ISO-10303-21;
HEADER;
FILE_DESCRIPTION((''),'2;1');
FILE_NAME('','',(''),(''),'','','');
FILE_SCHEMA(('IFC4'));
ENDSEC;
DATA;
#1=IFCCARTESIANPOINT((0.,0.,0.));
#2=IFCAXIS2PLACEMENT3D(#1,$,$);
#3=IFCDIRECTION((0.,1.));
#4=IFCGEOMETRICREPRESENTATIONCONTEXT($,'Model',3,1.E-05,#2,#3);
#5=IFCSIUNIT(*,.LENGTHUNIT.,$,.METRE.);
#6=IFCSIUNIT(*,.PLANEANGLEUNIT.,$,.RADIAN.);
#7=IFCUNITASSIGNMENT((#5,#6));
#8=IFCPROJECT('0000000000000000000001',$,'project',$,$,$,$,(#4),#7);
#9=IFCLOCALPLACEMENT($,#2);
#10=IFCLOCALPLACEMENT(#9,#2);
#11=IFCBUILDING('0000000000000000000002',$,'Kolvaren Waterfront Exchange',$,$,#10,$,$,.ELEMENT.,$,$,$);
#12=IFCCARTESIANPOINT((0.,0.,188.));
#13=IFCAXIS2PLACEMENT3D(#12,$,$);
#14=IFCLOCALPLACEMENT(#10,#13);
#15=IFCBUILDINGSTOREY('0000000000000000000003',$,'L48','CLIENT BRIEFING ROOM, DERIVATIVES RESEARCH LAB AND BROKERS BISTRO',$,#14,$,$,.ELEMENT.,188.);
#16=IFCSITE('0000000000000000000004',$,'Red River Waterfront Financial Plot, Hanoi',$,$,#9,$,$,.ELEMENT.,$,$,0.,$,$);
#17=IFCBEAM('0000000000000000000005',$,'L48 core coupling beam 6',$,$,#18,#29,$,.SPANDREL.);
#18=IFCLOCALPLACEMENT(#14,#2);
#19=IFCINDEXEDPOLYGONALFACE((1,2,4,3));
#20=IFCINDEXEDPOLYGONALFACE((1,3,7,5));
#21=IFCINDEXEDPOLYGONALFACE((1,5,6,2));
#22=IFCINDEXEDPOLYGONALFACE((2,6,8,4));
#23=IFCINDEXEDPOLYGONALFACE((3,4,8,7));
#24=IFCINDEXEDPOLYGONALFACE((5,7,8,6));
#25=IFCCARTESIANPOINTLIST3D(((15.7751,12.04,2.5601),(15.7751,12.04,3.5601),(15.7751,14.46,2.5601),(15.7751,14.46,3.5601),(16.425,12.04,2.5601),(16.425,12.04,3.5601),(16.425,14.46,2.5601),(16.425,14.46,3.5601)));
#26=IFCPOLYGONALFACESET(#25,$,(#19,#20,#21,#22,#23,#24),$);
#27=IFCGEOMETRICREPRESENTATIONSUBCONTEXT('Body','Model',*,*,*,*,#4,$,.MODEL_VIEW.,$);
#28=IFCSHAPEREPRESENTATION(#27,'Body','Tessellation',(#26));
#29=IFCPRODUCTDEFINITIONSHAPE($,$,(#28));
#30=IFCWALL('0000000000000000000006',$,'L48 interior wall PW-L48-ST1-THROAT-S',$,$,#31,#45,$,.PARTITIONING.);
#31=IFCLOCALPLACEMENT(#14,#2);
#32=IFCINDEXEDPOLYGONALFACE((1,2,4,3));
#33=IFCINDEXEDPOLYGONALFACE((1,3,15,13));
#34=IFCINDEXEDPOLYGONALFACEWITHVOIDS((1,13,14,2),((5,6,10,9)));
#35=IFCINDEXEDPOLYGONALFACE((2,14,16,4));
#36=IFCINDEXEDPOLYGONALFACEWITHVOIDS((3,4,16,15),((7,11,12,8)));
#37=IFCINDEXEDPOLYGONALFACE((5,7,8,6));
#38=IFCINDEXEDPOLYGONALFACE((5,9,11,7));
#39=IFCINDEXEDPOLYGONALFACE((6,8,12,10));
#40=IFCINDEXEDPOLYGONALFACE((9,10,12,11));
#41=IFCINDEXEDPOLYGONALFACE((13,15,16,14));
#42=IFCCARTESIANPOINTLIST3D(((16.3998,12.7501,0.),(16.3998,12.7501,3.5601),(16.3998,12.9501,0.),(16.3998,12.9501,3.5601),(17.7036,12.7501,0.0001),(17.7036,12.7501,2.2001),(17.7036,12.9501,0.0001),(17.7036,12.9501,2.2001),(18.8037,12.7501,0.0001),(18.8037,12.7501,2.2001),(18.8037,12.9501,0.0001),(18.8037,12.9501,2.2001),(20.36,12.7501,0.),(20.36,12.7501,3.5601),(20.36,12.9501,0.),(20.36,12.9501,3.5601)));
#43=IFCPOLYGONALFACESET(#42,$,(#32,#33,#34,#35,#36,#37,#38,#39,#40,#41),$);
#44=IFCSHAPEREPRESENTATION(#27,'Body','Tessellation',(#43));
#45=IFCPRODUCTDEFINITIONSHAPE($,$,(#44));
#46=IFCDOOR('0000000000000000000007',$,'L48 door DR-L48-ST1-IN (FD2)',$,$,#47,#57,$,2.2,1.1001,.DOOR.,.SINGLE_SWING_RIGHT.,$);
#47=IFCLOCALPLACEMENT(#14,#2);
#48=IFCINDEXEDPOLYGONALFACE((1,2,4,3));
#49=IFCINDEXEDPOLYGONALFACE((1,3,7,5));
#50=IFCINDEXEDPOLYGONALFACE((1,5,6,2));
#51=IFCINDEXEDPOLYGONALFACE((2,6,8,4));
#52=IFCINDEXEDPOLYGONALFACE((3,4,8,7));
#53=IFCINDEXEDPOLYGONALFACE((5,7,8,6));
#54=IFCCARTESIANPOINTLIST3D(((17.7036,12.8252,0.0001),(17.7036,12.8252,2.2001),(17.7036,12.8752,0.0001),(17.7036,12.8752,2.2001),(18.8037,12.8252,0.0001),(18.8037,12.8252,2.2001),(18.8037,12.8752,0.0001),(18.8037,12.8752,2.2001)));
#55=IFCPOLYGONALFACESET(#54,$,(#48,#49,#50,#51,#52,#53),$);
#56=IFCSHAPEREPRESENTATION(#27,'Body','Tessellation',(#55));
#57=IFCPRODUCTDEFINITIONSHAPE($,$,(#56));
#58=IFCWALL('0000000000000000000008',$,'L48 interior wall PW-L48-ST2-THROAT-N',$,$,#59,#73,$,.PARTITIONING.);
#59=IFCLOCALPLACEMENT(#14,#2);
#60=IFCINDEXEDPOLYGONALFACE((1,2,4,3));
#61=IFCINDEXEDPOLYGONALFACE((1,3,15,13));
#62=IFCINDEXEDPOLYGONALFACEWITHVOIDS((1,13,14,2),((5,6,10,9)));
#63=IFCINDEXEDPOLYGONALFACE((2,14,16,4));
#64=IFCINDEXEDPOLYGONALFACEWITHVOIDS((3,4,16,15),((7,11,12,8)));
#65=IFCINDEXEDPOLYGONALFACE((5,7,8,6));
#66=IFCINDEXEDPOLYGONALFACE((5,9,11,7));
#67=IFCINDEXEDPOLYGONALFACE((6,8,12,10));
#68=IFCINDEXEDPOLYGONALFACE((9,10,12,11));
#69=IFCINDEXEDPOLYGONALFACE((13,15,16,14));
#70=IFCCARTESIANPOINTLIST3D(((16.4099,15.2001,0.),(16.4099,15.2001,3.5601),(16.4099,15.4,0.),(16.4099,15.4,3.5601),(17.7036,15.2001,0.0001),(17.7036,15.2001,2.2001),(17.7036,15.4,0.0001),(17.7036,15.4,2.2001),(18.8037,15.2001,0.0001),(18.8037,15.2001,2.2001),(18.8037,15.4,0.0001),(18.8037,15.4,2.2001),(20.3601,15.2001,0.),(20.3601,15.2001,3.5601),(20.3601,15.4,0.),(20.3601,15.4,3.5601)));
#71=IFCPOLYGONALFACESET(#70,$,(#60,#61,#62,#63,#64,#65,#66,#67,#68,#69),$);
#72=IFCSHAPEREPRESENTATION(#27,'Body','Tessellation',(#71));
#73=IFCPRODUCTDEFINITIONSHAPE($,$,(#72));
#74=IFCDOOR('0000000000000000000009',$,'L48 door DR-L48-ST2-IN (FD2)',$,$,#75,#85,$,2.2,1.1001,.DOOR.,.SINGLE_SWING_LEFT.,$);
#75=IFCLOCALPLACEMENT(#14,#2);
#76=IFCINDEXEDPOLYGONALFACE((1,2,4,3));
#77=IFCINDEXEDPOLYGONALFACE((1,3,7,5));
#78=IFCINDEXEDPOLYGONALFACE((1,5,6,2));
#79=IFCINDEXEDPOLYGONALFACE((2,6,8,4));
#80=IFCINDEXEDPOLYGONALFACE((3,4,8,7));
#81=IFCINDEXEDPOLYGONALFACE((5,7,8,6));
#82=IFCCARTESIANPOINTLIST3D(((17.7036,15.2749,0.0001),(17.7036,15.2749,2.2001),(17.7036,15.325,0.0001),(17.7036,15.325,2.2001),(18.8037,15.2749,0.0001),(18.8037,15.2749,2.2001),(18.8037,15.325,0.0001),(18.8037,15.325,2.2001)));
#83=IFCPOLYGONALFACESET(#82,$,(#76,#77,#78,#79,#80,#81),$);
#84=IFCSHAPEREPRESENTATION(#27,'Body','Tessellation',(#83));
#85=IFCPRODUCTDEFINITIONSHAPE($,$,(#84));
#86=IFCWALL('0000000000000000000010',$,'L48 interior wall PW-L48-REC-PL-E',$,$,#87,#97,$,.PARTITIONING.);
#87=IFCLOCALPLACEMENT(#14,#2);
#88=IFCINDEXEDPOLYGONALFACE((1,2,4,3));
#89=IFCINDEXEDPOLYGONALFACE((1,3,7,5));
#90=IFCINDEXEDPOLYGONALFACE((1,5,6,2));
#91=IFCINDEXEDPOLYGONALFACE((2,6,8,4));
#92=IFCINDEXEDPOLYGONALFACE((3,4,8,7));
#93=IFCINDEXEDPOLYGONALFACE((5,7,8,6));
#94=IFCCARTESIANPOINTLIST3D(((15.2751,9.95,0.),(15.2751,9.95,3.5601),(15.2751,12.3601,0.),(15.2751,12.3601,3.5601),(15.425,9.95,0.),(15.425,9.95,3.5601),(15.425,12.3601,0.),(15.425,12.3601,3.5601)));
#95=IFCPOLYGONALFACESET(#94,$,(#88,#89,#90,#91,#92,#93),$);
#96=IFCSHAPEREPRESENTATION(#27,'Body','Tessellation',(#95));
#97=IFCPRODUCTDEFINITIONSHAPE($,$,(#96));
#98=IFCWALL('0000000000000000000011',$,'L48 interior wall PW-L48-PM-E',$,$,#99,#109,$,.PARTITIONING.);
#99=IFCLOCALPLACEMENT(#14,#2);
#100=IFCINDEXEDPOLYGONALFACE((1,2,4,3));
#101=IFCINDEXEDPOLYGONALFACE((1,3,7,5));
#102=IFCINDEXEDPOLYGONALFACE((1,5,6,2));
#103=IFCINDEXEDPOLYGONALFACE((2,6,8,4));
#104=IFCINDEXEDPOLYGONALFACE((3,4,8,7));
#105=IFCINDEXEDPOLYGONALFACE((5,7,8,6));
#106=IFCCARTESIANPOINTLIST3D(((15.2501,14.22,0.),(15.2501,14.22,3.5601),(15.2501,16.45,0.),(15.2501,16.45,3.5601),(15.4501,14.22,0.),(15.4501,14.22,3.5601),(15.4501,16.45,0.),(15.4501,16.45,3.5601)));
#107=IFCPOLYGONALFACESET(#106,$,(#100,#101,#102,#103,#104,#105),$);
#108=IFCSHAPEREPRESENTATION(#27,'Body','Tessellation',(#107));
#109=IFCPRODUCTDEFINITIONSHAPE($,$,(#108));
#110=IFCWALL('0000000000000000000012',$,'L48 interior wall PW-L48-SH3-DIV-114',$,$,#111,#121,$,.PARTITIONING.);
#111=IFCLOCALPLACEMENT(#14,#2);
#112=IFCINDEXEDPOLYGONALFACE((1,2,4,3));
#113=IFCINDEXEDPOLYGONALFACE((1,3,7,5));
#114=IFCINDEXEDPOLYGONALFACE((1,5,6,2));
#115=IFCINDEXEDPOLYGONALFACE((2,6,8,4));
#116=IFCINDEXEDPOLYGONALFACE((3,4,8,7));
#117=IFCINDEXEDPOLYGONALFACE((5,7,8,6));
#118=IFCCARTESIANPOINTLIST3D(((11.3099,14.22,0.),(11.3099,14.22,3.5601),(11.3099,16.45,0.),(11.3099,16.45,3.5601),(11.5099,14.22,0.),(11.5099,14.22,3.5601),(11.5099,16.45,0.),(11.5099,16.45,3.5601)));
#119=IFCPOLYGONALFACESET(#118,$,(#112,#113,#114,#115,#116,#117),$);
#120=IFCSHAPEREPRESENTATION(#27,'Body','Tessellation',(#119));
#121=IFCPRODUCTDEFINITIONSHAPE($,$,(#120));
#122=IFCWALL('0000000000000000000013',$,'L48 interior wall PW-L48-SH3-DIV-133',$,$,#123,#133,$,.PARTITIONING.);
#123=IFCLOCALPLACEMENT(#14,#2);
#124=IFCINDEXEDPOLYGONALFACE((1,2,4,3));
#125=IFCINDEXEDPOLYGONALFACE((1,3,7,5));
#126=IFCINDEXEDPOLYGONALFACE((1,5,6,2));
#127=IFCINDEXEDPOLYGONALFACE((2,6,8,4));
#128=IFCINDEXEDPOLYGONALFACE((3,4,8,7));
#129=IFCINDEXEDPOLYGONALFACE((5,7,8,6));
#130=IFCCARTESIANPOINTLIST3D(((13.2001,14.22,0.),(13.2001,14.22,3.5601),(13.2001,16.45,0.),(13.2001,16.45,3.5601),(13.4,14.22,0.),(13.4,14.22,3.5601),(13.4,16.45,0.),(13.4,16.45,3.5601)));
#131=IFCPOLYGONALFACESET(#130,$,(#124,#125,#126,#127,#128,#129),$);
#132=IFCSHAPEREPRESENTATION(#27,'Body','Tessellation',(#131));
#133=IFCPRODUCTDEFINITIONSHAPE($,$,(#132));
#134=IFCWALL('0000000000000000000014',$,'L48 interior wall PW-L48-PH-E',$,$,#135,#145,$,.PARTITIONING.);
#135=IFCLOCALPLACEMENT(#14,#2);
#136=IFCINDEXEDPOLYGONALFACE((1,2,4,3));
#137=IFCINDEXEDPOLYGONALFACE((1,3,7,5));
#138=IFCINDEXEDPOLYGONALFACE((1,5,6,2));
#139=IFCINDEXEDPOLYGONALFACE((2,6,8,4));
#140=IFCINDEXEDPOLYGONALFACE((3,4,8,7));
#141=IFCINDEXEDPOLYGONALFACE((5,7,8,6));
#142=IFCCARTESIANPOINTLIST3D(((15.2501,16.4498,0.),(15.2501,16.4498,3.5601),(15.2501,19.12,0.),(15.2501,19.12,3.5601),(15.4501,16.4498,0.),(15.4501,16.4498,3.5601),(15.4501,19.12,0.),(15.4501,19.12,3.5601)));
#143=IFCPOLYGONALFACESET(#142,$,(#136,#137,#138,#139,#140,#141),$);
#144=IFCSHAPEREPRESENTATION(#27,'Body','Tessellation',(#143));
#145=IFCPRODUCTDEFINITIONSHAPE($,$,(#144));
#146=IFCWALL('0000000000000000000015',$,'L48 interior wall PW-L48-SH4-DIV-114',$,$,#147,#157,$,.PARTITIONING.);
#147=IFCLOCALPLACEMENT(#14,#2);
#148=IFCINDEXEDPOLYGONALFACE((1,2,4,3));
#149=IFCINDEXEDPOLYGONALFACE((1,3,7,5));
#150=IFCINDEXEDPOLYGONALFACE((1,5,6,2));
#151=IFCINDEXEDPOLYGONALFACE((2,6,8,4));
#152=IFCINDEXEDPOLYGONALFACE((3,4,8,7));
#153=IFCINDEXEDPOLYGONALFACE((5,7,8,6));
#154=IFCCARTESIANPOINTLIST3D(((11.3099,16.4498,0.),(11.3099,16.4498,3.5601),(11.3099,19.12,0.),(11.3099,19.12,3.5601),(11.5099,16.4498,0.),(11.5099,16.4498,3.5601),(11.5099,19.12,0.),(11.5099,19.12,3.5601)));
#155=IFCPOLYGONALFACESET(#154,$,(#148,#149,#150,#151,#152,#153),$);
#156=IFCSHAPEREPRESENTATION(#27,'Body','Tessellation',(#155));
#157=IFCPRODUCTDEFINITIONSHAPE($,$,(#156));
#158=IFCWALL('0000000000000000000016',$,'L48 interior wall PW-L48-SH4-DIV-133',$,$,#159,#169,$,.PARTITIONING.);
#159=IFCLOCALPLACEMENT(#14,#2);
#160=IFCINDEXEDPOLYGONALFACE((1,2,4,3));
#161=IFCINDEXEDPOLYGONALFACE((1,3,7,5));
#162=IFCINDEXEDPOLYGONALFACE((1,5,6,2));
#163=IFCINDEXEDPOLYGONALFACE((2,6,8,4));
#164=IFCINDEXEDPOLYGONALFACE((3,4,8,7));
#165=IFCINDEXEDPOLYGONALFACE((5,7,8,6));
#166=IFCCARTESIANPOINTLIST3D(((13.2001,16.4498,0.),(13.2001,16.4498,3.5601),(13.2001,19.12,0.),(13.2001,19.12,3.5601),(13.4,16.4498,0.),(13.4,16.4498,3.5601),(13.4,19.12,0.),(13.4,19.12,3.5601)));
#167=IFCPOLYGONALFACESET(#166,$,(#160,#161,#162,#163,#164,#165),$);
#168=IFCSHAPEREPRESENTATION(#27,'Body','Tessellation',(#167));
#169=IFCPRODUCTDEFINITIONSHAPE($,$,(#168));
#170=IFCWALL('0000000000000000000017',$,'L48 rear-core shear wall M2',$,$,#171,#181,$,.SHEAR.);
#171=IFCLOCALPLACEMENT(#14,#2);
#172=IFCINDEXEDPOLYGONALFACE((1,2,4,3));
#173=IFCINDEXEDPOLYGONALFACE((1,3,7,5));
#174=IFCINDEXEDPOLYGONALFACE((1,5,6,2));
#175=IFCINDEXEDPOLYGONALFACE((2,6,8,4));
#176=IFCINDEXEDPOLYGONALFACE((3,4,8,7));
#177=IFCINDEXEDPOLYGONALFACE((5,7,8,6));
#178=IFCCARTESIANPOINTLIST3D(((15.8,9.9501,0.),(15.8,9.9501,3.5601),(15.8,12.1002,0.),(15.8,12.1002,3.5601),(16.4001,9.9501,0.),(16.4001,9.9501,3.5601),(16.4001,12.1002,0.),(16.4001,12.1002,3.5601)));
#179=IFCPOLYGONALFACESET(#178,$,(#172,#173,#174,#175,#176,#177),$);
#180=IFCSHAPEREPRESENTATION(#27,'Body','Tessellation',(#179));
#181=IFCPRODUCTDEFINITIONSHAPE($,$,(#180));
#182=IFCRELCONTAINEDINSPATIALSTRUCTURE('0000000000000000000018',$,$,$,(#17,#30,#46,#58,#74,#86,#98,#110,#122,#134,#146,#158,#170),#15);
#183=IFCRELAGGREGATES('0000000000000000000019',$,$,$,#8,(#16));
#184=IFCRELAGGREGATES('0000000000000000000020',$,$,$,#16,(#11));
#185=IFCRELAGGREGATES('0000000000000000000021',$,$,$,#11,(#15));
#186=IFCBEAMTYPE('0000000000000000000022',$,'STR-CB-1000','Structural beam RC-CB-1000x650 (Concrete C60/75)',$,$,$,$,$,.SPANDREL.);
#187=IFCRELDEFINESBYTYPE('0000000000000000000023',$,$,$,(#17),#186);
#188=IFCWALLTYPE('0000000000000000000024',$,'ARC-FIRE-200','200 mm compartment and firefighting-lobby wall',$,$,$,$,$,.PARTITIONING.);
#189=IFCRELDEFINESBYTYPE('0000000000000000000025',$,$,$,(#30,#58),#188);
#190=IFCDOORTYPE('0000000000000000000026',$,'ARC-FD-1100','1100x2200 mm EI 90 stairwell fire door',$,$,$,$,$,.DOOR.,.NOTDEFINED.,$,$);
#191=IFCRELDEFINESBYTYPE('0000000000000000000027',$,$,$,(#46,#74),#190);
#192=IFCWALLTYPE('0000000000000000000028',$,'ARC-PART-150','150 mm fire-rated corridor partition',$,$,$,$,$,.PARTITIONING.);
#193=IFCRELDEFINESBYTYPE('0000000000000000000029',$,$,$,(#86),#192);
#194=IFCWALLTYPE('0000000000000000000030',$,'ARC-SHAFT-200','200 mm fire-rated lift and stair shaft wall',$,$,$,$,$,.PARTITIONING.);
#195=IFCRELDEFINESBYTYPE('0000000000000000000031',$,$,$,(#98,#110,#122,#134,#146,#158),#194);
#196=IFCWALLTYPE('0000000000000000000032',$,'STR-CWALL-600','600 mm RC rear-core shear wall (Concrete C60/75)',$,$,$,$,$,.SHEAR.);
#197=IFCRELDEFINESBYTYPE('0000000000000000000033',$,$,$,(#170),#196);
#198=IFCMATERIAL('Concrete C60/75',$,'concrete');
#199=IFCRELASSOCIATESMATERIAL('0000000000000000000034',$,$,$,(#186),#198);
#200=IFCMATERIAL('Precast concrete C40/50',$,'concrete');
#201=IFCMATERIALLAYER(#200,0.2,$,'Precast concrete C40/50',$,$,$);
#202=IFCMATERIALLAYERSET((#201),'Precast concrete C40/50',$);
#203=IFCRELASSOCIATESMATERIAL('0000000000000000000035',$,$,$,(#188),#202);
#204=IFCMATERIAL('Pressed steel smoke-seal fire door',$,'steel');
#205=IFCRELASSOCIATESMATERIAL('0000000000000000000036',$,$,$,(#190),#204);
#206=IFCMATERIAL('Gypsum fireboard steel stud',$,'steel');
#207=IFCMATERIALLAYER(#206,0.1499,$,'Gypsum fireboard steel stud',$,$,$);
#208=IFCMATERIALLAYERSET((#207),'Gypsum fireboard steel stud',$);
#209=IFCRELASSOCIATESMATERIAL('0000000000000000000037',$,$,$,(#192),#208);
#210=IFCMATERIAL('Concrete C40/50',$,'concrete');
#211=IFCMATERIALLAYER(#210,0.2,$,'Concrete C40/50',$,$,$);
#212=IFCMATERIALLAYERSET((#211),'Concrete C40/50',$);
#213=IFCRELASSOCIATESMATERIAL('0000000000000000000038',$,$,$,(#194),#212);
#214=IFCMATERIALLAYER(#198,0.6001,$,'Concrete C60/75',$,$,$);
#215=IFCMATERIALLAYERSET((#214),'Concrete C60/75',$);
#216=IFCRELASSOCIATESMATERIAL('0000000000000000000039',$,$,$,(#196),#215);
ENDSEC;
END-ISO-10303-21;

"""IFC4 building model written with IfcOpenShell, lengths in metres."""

from ifc_helpers import new_model, si_unit, direction, frame, frame_2d, origin, origin_2d, place, context, subcontext, project, spatial, rectangle, extrude, material, layer, layer_set, material_profile, profile_set, type_object, element, fill, save


model = new_model("IFC4")

# Units and contexts
model_context = context("Model", 3, precision=1e-05, world=origin(), true_north=direction((0.0, 1.0)))
body_context = subcontext(model_context, "Body", "Model", "MODEL_VIEW")
ifc_project = project(units=[si_unit("LENGTHUNIT", "METRE"), si_unit("PLANEANGLEUNIT", "RADIAN")], contexts=[model_context])

# Site, building, storey
site_placement = place(None, origin())
site = spatial("IfcSite", under=ifc_project, at=site_placement, Name="Red River Waterfront Financial Plot, Hanoi", CompositionType="ELEMENT", RefElevation=0.0)
building_placement = place(site_placement, origin())
building = spatial("IfcBuilding", under=site, at=building_placement, Name="Kolvaren Waterfront Exchange", CompositionType="ELEMENT")
storey_placement = place(building_placement, frame((0.0, 0.0, 188.0)))
storey = spatial("IfcBuildingStorey", under=building, at=storey_placement, Name="L48", Description="CLIENT BRIEFING ROOM, DERIVATIVES RESEARCH LAB AND BROKERS BISTRO", CompositionType="ELEMENT", Elevation=188.0)

# Beam
ifc_material_1 = material(Name="Concrete C60/75", Category="concrete")
ifc_material_profile = material_profile(ifc_material_1, rectangle(XDim=0.6499, YDim=1.0, at=origin_2d()), Name="RC-CB-1000x650")
ifc_profile_set = profile_set([ifc_material_profile], Name="Concrete C60/75")
beam_type = type_object("IfcBeamType", Name="STR-CB-1000", Description="Structural beam RC-CB-1000x650 (Concrete C60/75)", PredefinedType="SPANDREL", material=ifc_profile_set)
beam_placement = place(storey_placement, frame((16.1001, 12.04, 3.0601), z_axis=(0.0, 1.0, 0.0), x_axis=(-1.0, 0.0, 0.0)))
element("IfcBeam", 1, at=beam_placement, inside=storey, type_object=beam_type, Name="L48 core coupling beam 6", PredefinedType="SPANDREL", context=body_context, shape_type="SweptSolid", body=[
    extrude(rectangle(XDim=0.6499, YDim=1.0, at=origin_2d()), origin(), (0.0, 0.0, 1.0), 2.4199),
])

# Walls, openings, doors
ifc_material_2 = material(Name="Precast concrete C40/50", Category="concrete")
ifc_layer_1 = layer(ifc_material_2, 0.2, Name="Precast concrete C40/50")
ifc_layer_set_1 = layer_set([ifc_layer_1], Name="Precast concrete C40/50")
wall_type_1 = type_object("IfcWallType", Name="ARC-FIRE-200", Description="200 mm compartment and firefighting-lobby wall", PredefinedType="PARTITIONING", material=ifc_layer_set_1)
wall_1_placement = place(storey_placement, frame((16.3999, 12.8501, 0.0), z_axis=(0.0, 0.0, 1.0), x_axis=(1.0, 0.0, 0.0)))
wall_1 = element("IfcWall", 2, at=wall_1_placement, inside=storey, type_object=wall_type_1, Name="L48 interior wall PW-L48-ST1-THROAT-S", PredefinedType="PARTITIONING", context=body_context, shape_type="SweptSolid", body=[
    extrude(rectangle(XDim=3.9602, YDim=0.2, at=frame_2d((1.98, 0.0))), origin(), (0.0, 0.0, 1.0), 3.5601),
])
opening_1_placement = place(wall_1_placement, frame((1.3037, 0.0, 0.0)))
opening_1 = element("IfcOpeningElement", 3, at=opening_1_placement, cuts=wall_1, PredefinedType="OPENING", context=body_context, shape_type="SweptSolid", body=[
    extrude(rectangle(XDim=1.1001, YDim=2.2, at=frame_2d((0.55, 1.1001))), frame((0.0, 0.1099, 0.0), z_axis=(0.0, -1.0, 0.0), x_axis=(1.0, 0.0, 0.0)), (0.0, 0.0, 1.0), 0.22),
])
ifc_material_3 = material(Name="Pressed steel smoke-seal fire door", Category="steel")
door_type = type_object("IfcDoorType", Name="ARC-FD-1100", Description="1100x2200 mm EI 90 stairwell fire door", OperationType="NOTDEFINED", PredefinedType="DOOR", material=ifc_material_3)
door_1_placement = place(opening_1_placement, frame((1.1001, 0.0, 0.0), z_axis=(0.0, 0.0, 1.0), x_axis=(-1.0, 0.0, 0.0)))
door_1 = element("IfcDoor", 4, at=door_1_placement, inside=storey, type_object=door_type, Name="L48 door DR-L48-ST1-IN (FD2)", OperationType="SINGLE_SWING_RIGHT", OverallHeight=2.2, OverallWidth=1.1001, PredefinedType="DOOR", context=body_context, shape_type="SweptSolid", body=[
    extrude(rectangle(XDim=1.1001, YDim=2.2, at=frame_2d((0.55, 1.1001))), frame((0.0, 0.0249, 0.0), z_axis=(0.0, -1.0, 0.0), x_axis=(1.0, 0.0, 0.0)), (0.0, 0.0, 1.0), 0.05),
])
fill(opening_1, door_1)
wall_2_placement = place(storey_placement, frame((16.4099, 15.3, 0.0), z_axis=(0.0, 0.0, 1.0), x_axis=(1.0, 0.0, 0.0)))
wall_2 = element("IfcWall", 5, at=wall_2_placement, inside=storey, type_object=wall_type_1, Name="L48 interior wall PW-L48-ST2-THROAT-N", PredefinedType="PARTITIONING", context=body_context, shape_type="SweptSolid", body=[
    extrude(rectangle(XDim=3.9502, YDim=0.2, at=frame_2d((1.9751, 0.0))), origin(), (0.0, 0.0, 1.0), 3.5601),
])
opening_2_placement = place(wall_2_placement, frame((1.2937, 0.0, 0.0)))
opening_2 = element("IfcOpeningElement", 6, at=opening_2_placement, cuts=wall_2, PredefinedType="OPENING", context=body_context, shape_type="SweptSolid", body=[
    extrude(rectangle(XDim=1.1001, YDim=2.2, at=frame_2d((0.55, 1.1001))), frame((0.0, 0.1099, 0.0), z_axis=(0.0, -1.0, 0.0), x_axis=(1.0, 0.0, 0.0)), (0.0, 0.0, 1.0), 0.22),
])
door_2_placement = place(opening_2_placement, origin())
door_2 = element("IfcDoor", 7, at=door_2_placement, inside=storey, type_object=door_type, Name="L48 door DR-L48-ST2-IN (FD2)", OperationType="SINGLE_SWING_LEFT", OverallHeight=2.2, OverallWidth=1.1001, PredefinedType="DOOR", context=body_context, shape_type="SweptSolid", body=[
    extrude(rectangle(XDim=1.1001, YDim=2.2, at=frame_2d((0.55, 1.1001))), frame((0.0, 0.0249, 0.0), z_axis=(0.0, -1.0, 0.0), x_axis=(1.0, 0.0, 0.0)), (0.0, 0.0, 1.0), 0.05),
])
fill(opening_2, door_2)

# Walls
ifc_material_4 = material(Name="Gypsum fireboard steel stud", Category="steel")
ifc_layer_2 = layer(ifc_material_4, 0.1499, Name="Gypsum fireboard steel stud")
ifc_layer_set_2 = layer_set([ifc_layer_2], Name="Gypsum fireboard steel stud")
wall_type_2 = type_object("IfcWallType", Name="ARC-PART-150", Description="150 mm fire-rated corridor partition", PredefinedType="PARTITIONING", material=ifc_layer_set_2)
wall_3_placement = place(storey_placement, frame((15.3501, 9.95, 0.0), z_axis=(0.0, 0.0, 1.0), x_axis=(0.0, 1.0, 0.0)))
element("IfcWall", 8, at=wall_3_placement, inside=storey, type_object=wall_type_2, Name="L48 interior wall PW-L48-REC-PL-E", PredefinedType="PARTITIONING", context=body_context, shape_type="SweptSolid", body=[
    extrude(rectangle(XDim=2.4102, YDim=0.1499, at=frame_2d((1.2051, 0.0))), origin(), (0.0, 0.0, 1.0), 3.5601),
])
ifc_material_5 = material(Name="Concrete C40/50", Category="concrete")
ifc_layer_3 = layer(ifc_material_5, 0.2, Name="Concrete C40/50")
ifc_layer_set_3 = layer_set([ifc_layer_3], Name="Concrete C40/50")
wall_type_3 = type_object("IfcWallType", Name="ARC-SHAFT-200", Description="200 mm fire-rated lift and stair shaft wall", PredefinedType="PARTITIONING", material=ifc_layer_set_3)
for number, where, z_axis, x_axis, name in (
    (9, (15.3501, 14.22, 0.0), (0.0, 0.0, 1.0), (0.0, 1.0, 0.0), "L48 interior wall PW-L48-PM-E"),
    (10, (11.4099, 14.22, 0.0), (0.0, 0.0, 1.0), (0.0, 1.0, 0.0), "L48 interior wall PW-L48-SH3-DIV-114"),
    (11, (13.3, 14.22, 0.0), (0.0, 0.0, 1.0), (0.0, 1.0, 0.0), "L48 interior wall PW-L48-SH3-DIV-133"),
):
    element("IfcWall", number, at=place(storey_placement, frame(where, z_axis=z_axis, x_axis=x_axis)), inside=storey, type_object=wall_type_3, Name=name, PredefinedType="PARTITIONING", context=body_context, shape_type="SweptSolid", body=[
        extrude(rectangle(XDim=2.23, YDim=0.2, at=frame_2d((1.115, 0.0))), origin(), (0.0, 0.0, 1.0), 3.5601),
    ])
for number, where, z_axis, x_axis, name in (
    (12, (15.3501, 16.45, 0.0), (0.0, 0.0, 1.0), (0.0, 1.0, 0.0), "L48 interior wall PW-L48-PH-E"),
    (13, (11.4099, 16.45, 0.0), (0.0, 0.0, 1.0), (0.0, 1.0, 0.0), "L48 interior wall PW-L48-SH4-DIV-114"),
    (14, (13.3, 16.45, 0.0), (0.0, 0.0, 1.0), (0.0, 1.0, 0.0), "L48 interior wall PW-L48-SH4-DIV-133"),
):
    element("IfcWall", number, at=place(storey_placement, frame(where, z_axis=z_axis, x_axis=x_axis)), inside=storey, type_object=wall_type_3, Name=name, PredefinedType="PARTITIONING", context=body_context, shape_type="SweptSolid", body=[
        extrude(rectangle(XDim=2.6702, YDim=0.2, at=frame_2d((1.335, 0.0))), origin(), (0.0, 0.0, 1.0), 3.5601),
    ])
ifc_layer_4 = layer(ifc_material_1, 0.6001, Name="Concrete C60/75")
ifc_layer_set_4 = layer_set([ifc_layer_4], Name="Concrete C60/75")
wall_type_4 = type_object("IfcWallType", Name="STR-CWALL-600", Description="600 mm RC rear-core shear wall (Concrete C60/75)", PredefinedType="SHEAR", material=ifc_layer_set_4)
wall_4_placement = place(storey_placement, frame((16.1001, 9.95, 0.0), z_axis=(0.0, 0.0, 1.0), x_axis=(0.0, 1.0, 0.0)))
element("IfcWall", 15, at=wall_4_placement, inside=storey, type_object=wall_type_4, Name="L48 rear-core shear wall M2", PredefinedType="SHEAR", context=body_context, shape_type="SweptSolid", body=[
    extrude(rectangle(XDim=2.1501, YDim=0.6001, at=frame_2d((1.0752, 0.0))), origin(), (0.0, 0.0, 1.0), 3.5601),
])

save(model, "model.ifc")
